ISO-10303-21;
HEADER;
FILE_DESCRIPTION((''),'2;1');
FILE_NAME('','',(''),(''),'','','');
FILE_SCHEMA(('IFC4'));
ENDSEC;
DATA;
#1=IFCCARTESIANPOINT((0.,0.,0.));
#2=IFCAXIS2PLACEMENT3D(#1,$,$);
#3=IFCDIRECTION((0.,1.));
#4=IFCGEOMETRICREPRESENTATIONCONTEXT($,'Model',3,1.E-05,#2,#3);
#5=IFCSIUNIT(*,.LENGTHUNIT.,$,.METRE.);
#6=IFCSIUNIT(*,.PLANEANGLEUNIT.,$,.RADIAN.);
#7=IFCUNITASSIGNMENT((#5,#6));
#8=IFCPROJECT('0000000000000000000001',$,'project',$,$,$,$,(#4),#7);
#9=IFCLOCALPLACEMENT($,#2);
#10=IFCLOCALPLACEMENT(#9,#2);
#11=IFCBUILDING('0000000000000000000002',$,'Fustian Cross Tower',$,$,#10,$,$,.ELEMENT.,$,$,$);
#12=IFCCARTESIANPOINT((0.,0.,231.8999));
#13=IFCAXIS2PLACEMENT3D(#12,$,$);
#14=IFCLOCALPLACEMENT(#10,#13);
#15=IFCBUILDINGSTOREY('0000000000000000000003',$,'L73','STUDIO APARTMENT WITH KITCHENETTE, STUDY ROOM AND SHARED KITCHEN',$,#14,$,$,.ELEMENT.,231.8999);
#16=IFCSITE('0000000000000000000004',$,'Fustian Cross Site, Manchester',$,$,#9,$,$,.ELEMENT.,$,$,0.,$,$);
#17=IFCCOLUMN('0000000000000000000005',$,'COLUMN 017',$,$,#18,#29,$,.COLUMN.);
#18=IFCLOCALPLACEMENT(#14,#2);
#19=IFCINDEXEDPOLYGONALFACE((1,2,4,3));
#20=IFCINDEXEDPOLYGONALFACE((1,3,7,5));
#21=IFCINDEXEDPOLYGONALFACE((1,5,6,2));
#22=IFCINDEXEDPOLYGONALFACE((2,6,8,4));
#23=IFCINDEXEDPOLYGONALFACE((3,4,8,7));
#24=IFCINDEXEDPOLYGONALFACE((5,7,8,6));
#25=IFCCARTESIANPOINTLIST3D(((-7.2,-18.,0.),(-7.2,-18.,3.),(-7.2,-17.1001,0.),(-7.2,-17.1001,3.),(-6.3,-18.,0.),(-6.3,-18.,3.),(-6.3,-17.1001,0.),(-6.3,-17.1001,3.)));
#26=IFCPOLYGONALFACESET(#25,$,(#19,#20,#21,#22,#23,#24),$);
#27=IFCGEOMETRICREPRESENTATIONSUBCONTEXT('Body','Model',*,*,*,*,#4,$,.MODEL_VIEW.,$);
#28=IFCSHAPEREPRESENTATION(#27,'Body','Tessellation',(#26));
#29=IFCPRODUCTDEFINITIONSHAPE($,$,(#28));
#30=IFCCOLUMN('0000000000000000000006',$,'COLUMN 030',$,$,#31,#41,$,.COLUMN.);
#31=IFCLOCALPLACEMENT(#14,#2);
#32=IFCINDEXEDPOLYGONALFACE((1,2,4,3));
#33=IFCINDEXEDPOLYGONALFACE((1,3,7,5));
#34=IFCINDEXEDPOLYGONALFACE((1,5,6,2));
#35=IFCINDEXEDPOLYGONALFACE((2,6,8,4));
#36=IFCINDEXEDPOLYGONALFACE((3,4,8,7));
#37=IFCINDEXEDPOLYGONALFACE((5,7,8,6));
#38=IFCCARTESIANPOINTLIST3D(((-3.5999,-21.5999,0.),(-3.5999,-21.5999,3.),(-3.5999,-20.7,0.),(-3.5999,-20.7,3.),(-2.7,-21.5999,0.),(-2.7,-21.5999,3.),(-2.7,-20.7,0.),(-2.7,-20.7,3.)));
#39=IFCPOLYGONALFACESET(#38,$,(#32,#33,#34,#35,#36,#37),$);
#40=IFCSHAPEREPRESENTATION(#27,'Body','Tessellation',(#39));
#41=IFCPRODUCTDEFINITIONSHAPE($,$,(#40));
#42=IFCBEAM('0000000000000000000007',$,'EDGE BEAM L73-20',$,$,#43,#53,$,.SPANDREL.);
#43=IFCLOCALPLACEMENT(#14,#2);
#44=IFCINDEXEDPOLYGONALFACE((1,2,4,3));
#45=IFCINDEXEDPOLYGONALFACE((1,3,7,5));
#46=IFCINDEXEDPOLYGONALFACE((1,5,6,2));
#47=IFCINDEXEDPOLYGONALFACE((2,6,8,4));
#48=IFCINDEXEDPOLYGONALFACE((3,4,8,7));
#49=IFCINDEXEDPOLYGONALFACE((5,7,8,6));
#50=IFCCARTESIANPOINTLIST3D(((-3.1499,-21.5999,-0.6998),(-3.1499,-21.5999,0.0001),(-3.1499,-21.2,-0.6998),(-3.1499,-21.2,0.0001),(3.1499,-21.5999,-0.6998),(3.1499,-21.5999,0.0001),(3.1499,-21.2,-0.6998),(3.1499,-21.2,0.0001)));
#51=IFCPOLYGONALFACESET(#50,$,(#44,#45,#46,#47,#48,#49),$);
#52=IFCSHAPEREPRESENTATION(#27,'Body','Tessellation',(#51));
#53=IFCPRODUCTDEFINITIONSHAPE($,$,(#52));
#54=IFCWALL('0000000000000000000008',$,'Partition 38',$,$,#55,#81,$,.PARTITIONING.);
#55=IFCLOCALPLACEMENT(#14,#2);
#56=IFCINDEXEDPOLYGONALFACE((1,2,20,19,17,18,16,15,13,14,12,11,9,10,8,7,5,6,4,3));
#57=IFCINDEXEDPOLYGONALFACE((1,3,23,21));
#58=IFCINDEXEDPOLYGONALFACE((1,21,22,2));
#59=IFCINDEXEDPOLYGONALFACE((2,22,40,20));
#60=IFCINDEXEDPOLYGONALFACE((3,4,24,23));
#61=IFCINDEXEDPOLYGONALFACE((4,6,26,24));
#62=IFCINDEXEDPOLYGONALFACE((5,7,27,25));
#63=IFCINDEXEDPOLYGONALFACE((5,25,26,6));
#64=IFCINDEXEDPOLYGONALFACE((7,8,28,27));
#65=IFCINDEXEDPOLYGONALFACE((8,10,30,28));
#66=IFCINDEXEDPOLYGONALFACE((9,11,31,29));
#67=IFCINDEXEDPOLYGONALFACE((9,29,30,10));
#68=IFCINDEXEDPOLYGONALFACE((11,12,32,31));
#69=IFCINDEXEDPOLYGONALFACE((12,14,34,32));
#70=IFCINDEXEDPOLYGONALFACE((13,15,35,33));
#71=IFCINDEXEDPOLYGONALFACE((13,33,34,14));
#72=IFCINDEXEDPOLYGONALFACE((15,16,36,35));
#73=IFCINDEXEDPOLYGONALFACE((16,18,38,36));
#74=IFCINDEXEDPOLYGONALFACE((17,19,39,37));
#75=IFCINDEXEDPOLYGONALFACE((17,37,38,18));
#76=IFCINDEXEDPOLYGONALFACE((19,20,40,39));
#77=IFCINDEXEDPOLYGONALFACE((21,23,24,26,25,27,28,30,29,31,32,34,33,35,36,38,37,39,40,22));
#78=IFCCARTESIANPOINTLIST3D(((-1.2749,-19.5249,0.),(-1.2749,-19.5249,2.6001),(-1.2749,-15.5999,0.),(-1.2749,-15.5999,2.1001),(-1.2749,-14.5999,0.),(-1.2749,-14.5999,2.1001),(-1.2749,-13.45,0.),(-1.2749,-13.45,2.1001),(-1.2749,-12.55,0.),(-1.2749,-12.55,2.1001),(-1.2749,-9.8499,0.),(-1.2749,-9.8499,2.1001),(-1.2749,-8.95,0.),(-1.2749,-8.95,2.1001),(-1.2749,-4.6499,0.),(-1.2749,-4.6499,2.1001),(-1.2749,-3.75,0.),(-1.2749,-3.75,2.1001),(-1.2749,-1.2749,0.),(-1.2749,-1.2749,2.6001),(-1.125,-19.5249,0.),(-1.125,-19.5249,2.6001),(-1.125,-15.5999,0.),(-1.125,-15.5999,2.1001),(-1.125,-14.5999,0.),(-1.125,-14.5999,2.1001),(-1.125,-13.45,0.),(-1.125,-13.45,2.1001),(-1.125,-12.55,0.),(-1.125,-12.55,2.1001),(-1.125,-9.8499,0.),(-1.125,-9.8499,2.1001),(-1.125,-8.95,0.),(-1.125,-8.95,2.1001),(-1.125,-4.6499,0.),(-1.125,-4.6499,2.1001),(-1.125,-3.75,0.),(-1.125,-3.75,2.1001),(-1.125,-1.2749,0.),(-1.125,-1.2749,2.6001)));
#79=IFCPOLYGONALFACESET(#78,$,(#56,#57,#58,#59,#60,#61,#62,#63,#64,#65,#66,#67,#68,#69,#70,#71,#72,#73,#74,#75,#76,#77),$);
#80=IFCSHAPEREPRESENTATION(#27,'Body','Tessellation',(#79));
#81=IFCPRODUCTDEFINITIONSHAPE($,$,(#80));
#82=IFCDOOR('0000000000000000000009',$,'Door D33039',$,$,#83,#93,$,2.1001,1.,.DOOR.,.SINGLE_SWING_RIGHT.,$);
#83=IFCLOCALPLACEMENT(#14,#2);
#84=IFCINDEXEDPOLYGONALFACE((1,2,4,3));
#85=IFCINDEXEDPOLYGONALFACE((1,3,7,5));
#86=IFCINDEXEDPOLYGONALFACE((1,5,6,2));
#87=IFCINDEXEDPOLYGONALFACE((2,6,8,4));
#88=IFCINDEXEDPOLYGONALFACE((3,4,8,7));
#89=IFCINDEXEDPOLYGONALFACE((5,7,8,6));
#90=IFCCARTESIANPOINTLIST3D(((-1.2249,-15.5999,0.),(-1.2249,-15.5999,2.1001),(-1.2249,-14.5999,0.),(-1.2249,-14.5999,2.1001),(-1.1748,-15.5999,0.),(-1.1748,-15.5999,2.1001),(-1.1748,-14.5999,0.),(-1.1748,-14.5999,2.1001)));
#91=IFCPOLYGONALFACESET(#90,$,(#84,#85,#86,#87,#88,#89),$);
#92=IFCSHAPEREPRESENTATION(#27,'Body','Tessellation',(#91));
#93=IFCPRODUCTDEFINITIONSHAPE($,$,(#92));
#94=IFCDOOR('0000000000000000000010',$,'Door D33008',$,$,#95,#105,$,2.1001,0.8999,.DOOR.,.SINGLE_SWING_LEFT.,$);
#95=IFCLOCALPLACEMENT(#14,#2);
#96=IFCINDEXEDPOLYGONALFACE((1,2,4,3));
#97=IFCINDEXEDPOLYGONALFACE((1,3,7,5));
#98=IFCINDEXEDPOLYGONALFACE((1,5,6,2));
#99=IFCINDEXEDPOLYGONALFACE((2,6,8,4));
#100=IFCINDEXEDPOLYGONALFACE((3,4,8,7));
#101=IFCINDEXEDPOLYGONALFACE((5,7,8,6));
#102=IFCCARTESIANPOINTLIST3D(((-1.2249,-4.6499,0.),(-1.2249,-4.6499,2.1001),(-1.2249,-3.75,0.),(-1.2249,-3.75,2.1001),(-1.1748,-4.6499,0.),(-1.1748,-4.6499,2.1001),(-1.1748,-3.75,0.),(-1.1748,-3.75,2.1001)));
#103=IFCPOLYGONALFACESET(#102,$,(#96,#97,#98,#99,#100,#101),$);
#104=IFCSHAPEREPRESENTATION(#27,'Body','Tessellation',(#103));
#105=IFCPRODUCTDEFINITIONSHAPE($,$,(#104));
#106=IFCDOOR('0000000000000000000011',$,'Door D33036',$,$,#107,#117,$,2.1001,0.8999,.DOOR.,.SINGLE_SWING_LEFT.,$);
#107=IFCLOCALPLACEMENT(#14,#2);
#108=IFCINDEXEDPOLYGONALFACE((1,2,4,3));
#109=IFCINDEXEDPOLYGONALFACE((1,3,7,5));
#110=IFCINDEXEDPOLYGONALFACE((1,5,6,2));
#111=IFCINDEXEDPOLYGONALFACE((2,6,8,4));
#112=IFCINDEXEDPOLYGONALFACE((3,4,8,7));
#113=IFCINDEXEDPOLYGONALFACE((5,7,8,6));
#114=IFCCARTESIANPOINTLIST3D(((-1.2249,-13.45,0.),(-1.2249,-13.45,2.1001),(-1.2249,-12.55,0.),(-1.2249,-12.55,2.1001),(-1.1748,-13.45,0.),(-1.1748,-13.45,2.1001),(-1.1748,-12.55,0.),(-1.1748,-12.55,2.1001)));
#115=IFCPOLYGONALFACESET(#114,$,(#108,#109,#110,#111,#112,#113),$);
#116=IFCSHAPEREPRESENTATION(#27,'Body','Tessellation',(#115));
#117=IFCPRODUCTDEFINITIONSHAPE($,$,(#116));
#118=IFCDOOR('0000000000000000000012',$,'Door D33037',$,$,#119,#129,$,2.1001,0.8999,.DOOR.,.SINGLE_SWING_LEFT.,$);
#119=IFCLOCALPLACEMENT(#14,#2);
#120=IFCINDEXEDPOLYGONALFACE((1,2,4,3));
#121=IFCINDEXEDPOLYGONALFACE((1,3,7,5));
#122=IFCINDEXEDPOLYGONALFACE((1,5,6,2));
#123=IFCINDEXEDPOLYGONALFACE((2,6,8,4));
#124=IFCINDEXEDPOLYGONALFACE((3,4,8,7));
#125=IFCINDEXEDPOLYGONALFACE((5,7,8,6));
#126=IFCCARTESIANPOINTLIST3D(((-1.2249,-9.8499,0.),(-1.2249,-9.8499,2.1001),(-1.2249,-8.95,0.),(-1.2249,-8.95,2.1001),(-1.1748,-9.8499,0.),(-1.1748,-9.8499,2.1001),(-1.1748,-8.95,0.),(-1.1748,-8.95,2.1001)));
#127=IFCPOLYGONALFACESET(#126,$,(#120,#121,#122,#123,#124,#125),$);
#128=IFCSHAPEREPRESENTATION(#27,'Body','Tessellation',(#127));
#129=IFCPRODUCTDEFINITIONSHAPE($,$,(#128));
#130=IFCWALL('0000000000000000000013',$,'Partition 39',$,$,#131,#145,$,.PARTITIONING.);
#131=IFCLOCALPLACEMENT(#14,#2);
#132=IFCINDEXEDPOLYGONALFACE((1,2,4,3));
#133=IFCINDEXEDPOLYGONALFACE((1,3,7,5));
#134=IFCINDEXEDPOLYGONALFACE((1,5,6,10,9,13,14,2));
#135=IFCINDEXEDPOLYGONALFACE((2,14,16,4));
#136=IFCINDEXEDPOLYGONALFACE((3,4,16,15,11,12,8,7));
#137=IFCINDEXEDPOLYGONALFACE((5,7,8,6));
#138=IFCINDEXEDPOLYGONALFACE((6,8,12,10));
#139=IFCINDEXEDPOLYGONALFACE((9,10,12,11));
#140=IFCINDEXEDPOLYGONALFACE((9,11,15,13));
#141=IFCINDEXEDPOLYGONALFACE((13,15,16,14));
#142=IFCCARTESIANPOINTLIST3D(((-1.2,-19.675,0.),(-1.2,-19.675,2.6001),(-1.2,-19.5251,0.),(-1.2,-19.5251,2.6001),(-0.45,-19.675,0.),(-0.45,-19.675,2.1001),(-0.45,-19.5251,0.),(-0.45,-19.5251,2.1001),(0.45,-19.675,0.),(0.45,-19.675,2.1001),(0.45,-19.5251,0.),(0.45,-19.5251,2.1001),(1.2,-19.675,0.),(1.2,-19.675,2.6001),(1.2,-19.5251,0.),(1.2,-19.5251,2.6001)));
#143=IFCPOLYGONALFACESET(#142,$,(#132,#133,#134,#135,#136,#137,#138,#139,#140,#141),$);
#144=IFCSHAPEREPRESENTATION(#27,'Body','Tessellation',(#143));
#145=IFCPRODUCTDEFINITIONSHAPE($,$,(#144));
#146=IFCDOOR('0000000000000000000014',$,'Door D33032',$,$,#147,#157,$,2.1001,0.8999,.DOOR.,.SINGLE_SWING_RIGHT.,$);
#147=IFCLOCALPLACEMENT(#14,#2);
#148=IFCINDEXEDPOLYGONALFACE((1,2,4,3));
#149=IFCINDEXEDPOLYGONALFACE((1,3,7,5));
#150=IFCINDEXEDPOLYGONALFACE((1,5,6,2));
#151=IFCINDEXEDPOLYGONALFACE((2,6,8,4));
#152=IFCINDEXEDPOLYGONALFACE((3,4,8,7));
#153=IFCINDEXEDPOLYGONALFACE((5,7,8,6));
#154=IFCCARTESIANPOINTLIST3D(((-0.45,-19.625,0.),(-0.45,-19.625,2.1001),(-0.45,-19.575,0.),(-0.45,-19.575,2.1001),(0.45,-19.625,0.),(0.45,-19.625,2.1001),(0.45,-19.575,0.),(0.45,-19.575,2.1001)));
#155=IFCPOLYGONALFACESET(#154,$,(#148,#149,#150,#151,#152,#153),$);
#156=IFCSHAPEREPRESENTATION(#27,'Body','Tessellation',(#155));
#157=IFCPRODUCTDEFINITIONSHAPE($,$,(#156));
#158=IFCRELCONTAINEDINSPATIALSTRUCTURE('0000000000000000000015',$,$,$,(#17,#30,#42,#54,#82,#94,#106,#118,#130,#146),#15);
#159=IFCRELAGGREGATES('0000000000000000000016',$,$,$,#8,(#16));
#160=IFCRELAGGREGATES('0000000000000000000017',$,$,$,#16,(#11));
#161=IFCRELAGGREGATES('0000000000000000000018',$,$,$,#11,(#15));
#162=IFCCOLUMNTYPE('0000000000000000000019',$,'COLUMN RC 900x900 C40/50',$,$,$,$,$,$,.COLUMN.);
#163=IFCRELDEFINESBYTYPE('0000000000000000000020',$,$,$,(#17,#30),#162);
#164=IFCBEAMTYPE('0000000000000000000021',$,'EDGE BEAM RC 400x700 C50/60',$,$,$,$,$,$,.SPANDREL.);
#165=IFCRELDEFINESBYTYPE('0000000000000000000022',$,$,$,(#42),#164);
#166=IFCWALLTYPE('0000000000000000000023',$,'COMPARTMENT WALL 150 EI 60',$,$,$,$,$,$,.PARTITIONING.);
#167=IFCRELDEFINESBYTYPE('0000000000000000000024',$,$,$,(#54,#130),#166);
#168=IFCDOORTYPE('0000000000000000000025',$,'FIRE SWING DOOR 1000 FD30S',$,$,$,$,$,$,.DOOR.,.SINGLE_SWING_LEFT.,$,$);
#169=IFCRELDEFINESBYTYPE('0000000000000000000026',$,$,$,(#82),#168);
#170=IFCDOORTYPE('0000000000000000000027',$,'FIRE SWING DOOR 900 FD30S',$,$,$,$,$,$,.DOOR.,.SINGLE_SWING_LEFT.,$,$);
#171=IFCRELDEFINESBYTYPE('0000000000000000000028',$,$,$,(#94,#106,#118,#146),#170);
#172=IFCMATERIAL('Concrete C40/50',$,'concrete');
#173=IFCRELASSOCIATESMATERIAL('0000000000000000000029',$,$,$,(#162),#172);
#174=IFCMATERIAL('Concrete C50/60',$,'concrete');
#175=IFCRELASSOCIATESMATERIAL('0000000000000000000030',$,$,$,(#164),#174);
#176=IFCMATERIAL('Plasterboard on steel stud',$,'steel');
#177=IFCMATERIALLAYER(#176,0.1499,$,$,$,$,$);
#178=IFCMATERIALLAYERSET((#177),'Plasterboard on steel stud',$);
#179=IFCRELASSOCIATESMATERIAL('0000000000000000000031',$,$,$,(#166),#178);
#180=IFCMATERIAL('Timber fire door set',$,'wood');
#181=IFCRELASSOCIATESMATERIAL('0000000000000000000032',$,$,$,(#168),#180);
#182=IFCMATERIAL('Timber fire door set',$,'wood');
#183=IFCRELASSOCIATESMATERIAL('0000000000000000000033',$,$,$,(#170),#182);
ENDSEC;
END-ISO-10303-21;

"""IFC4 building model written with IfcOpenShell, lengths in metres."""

from ifc_helpers import new_model, si_unit, direction, frame, frame_2d, origin, origin_2d, place, context, subcontext, project, spatial, rectangle, extrude, material, layer, layer_set, material_profile, profile_set, type_object, element, fill, save


model = new_model("IFC4")

# Units and contexts
model_context = context("Model", 3, precision=1e-05, world=origin(), true_north=direction((0.0, 1.0)))
body_context = subcontext(model_context, "Body", "Model", "MODEL_VIEW")
ifc_project = project(units=[si_unit("LENGTHUNIT", "METRE"), si_unit("PLANEANGLEUNIT", "RADIAN")], contexts=[model_context])

# Site, building, storey
site_placement = place(None, origin())
site = spatial("IfcSite", under=ifc_project, at=site_placement, Name="Fustian Cross Site, Manchester", CompositionType="ELEMENT", RefElevation=0.0)
building_placement = place(site_placement, origin())
building = spatial("IfcBuilding", under=site, at=building_placement, Name="Fustian Cross Tower", CompositionType="ELEMENT")
storey_placement = place(building_placement, frame((0.0, 0.0, 231.8999)))
storey = spatial("IfcBuildingStorey", under=building, at=storey_placement, Name="L73", Description="STUDIO APARTMENT WITH KITCHENETTE, STUDY ROOM AND SHARED KITCHEN", CompositionType="ELEMENT", Elevation=231.8999)

# Columns
ifc_material_1 = material(Name="Concrete C40/50", Category="concrete")
ifc_material_profile_1 = material_profile(ifc_material_1, rectangle(XDim=0.8999, YDim=0.8999, at=origin_2d()), Name="RC 900x900")
ifc_profile_set_1 = profile_set([ifc_material_profile_1], Name="Concrete C40/50")
column_type = type_object("IfcColumnType", Name="COLUMN RC 900x900 C40/50", PredefinedType="COLUMN", material=ifc_profile_set_1)
for number, where, z_axis, x_axis, name in (
    (1, (-6.75, -17.55, 0.0), (0.0, 0.0, 1.0), (1.0, 0.0, 0.0), "COLUMN 017"),
    (2, (-3.1499, -21.1499, 0.0), (0.0, 0.0, 1.0), (1.0, 0.0, 0.0), "COLUMN 030"),
):
    element("IfcColumn", number, at=place(storey_placement, frame(where, z_axis=z_axis, x_axis=x_axis)), inside=storey, type_object=column_type, Name=name, PredefinedType="COLUMN", context=body_context, shape_type="SweptSolid", body=[
        extrude(rectangle(XDim=0.8999, YDim=0.8999, at=origin_2d()), origin(), (0.0, 0.0, 1.0), 3.0),
    ])

# Beam
ifc_material_2 = material(Name="Concrete C50/60", Category="concrete")
ifc_material_profile_2 = material_profile(ifc_material_2, rectangle(XDim=0.3999, YDim=0.7, at=origin_2d()), Name="RC 400x700")
ifc_profile_set_2 = profile_set([ifc_material_profile_2], Name="Concrete C50/60")
beam_type = type_object("IfcBeamType", Name="EDGE BEAM RC 400x700 C50/60", PredefinedType="SPANDREL", material=ifc_profile_set_2)
beam_placement = place(storey_placement, frame((-3.1499, -21.3999, -0.3499), z_axis=(1.0, 0.0, 0.0), x_axis=(0.0, 1.0, 0.0)))
element("IfcBeam", 3, at=beam_placement, inside=storey, type_object=beam_type, Name="EDGE BEAM L73-20", PredefinedType="SPANDREL", context=body_context, shape_type="SweptSolid", body=[
    extrude(rectangle(XDim=0.3999, YDim=0.7, at=origin_2d()), origin(), (0.0, 0.0, 1.0), 6.2998),
])

# Wall, openings, doors
ifc_material_3 = material(Name="Plasterboard on steel stud", Category="steel")
ifc_layer_1 = layer(ifc_material_3, 0.1499)
ifc_layer_set_1 = layer_set([ifc_layer_1], Name="Plasterboard on steel stud")
wall_type_1 = type_object("IfcWallType", Name="COMPARTMENT WALL 150 EI 60", PredefinedType="PARTITIONING", material=ifc_layer_set_1)
wall_1_placement = place(storey_placement, frame((-1.2, -19.5249, 0.0), z_axis=(0.0, 0.0, 1.0), x_axis=(0.0, 1.0, 0.0)))
wall_1 = element("IfcWall", 4, at=wall_1_placement, inside=storey, type_object=wall_type_1, Name="Partition 38", PredefinedType="PARTITIONING", context=body_context, shape_type="SweptSolid", body=[
    extrude(rectangle(XDim=18.25, YDim=0.1499, at=frame_2d((9.125, 0.0))), origin(), (0.0, 0.0, 1.0), 2.6001),
])
opening_1_placement = place(wall_1_placement, frame((14.875, 0.0, 0.0)))
opening_1 = element("IfcOpeningElement", 5, at=opening_1_placement, cuts=wall_1, PredefinedType="OPENING", context=body_context, shape_type="SweptSolid", body=[
    extrude(rectangle(XDim=0.8999, YDim=2.1001, at=frame_2d((0.45, 1.05))), frame((0.0, 0.085, 0.0), z_axis=(0.0, -1.0, 0.0), x_axis=(1.0, 0.0, 0.0)), (0.0, 0.0, 1.0), 0.1699),
])
opening_2_placement = place(wall_1_placement, frame((6.075, 0.0, 0.0)))
opening_2 = element("IfcOpeningElement", 6, at=opening_2_placement, cuts=wall_1, PredefinedType="OPENING", context=body_context, shape_type="SweptSolid", body=[
    extrude(rectangle(XDim=0.8999, YDim=2.1001, at=frame_2d((0.45, 1.05))), frame((0.0, 0.085, 0.0), z_axis=(0.0, -1.0, 0.0), x_axis=(1.0, 0.0, 0.0)), (0.0, 0.0, 1.0), 0.1699),
])
opening_3_placement = place(wall_1_placement, frame((9.675, 0.0, 0.0)))
opening_3 = element("IfcOpeningElement", 7, at=opening_3_placement, cuts=wall_1, PredefinedType="OPENING", context=body_context, shape_type="SweptSolid", body=[
    extrude(rectangle(XDim=0.8999, YDim=2.1001, at=frame_2d((0.45, 1.05))), frame((0.0, 0.085, 0.0), z_axis=(0.0, -1.0, 0.0), x_axis=(1.0, 0.0, 0.0)), (0.0, 0.0, 1.0), 0.1699),
])
opening_4_placement = place(wall_1_placement, frame((3.925, 0.0, 0.0)))
opening_4 = element("IfcOpeningElement", 8, at=opening_4_placement, cuts=wall_1, PredefinedType="OPENING", context=body_context, shape_type="SweptSolid", body=[
    extrude(rectangle(XDim=1.0, YDim=2.1001, at=frame_2d((0.5, 1.05))), frame((0.0, 0.085, 0.0), z_axis=(0.0, -1.0, 0.0), x_axis=(1.0, 0.0, 0.0)), (0.0, 0.0, 1.0), 0.1699),
])
ifc_material_4 = material(Name="Timber fire door set", Category="wood")
door_type_1 = type_object("IfcDoorType", Name="FIRE SWING DOOR 1000 FD30S", OperationType="SINGLE_SWING_LEFT", PredefinedType="DOOR", material=ifc_material_4)
door_1_placement = place(opening_4_placement, origin())
door_1 = element("IfcDoor", 9, at=door_1_placement, inside=storey, type_object=door_type_1, Name="Door D33039", OperationType="SINGLE_SWING_RIGHT", OverallHeight=2.1001, OverallWidth=1.0, PredefinedType="DOOR", context=body_context, shape_type="SweptSolid", body=[
    extrude(rectangle(XDim=1.0, YDim=2.1001, at=frame_2d((0.5, 1.05))), frame((0.0, 0.0249, 0.0), z_axis=(0.0, -1.0, 0.0), x_axis=(1.0, 0.0, 0.0)), (0.0, 0.0, 1.0), 0.05),
])
fill(opening_4, door_1)
ifc_material_5 = material(Name="Timber fire door set", Category="wood")
door_type_2 = type_object("IfcDoorType", Name="FIRE SWING DOOR 900 FD30S", OperationType="SINGLE_SWING_LEFT", PredefinedType="DOOR", material=ifc_material_5)
door_2_placement = place(opening_1_placement, origin())
door_2 = element("IfcDoor", 10, at=door_2_placement, inside=storey, type_object=door_type_2, Name="Door D33008", OperationType="SINGLE_SWING_LEFT", OverallHeight=2.1001, OverallWidth=0.8999, PredefinedType="DOOR", context=body_context, shape_type="SweptSolid", body=[
    extrude(rectangle(XDim=0.8999, YDim=2.1001, at=frame_2d((0.45, 1.05))), frame((0.0, 0.0249, 0.0), z_axis=(0.0, -1.0, 0.0), x_axis=(1.0, 0.0, 0.0)), (0.0, 0.0, 1.0), 0.05),
])
fill(opening_1, door_2)
door_3_placement = place(opening_2_placement, origin())
door_3 = element("IfcDoor", 11, at=door_3_placement, inside=storey, type_object=door_type_2, Name="Door D33036", OperationType="SINGLE_SWING_LEFT", OverallHeight=2.1001, OverallWidth=0.8999, PredefinedType="DOOR", context=body_context, shape_type="SweptSolid", body=[
    extrude(rectangle(XDim=0.8999, YDim=2.1001, at=frame_2d((0.45, 1.05))), frame((0.0, 0.0249, 0.0), z_axis=(0.0, -1.0, 0.0), x_axis=(1.0, 0.0, 0.0)), (0.0, 0.0, 1.0), 0.05),
])
fill(opening_2, door_3)
door_4_placement = place(opening_3_placement, origin())
door_4 = element("IfcDoor", 12, at=door_4_placement, inside=storey, type_object=door_type_2, Name="Door D33037", OperationType="SINGLE_SWING_LEFT", OverallHeight=2.1001, OverallWidth=0.8999, PredefinedType="DOOR", context=body_context, shape_type="SweptSolid", body=[
    extrude(rectangle(XDim=0.8999, YDim=2.1001, at=frame_2d((0.45, 1.05))), frame((0.0, 0.0249, 0.0), z_axis=(0.0, -1.0, 0.0), x_axis=(1.0, 0.0, 0.0)), (0.0, 0.0, 1.0), 0.05),
])
fill(opening_3, door_4)

# Wall, opening, door
wall_2_placement = place(storey_placement, frame((-1.2, -19.6001, 0.0), z_axis=(0.0, 0.0, 1.0), x_axis=(1.0, 0.0, 0.0)))
wall_2 = element("IfcWall", 13, at=wall_2_placement, inside=storey, type_object=wall_type_1, Name="Partition 39", PredefinedType="PARTITIONING", context=body_context, shape_type="SweptSolid", body=[
    extrude(rectangle(XDim=2.3999, YDim=0.1499, at=frame_2d((1.2, 0.0))), origin(), (0.0, 0.0, 1.0), 2.6001),
])
opening_5_placement = place(wall_2_placement, frame((0.75, 0.0, 0.0)))
opening_5 = element("IfcOpeningElement", 14, at=opening_5_placement, cuts=wall_2, PredefinedType="OPENING", context=body_context, shape_type="SweptSolid", body=[
    extrude(rectangle(XDim=0.8999, YDim=2.1001, at=frame_2d((0.45, 1.05))), frame((0.0, 0.085, 0.0), z_axis=(0.0, -1.0, 0.0), x_axis=(1.0, 0.0, 0.0)), (0.0, 0.0, 1.0), 0.1699),
])
door_5_placement = place(opening_5_placement, frame((0.8999, 0.0, 0.0), z_axis=(0.0, 0.0, 1.0), x_axis=(-1.0, 0.0, 0.0)))
door_5 = element("IfcDoor", 15, at=door_5_placement, inside=storey, type_object=door_type_2, Name="Door D33032", OperationType="SINGLE_SWING_RIGHT", OverallHeight=2.1001, OverallWidth=0.8999, PredefinedType="DOOR", context=body_context, shape_type="SweptSolid", body=[
    extrude(rectangle(XDim=0.8999, YDim=2.1001, at=frame_2d((0.45, 1.05))), frame((0.0, 0.0249, 0.0), z_axis=(0.0, -1.0, 0.0), x_axis=(1.0, 0.0, 0.0)), (0.0, 0.0, 1.0), 0.05),
])
fill(opening_5, door_5)

save(model, "model.ifc")
